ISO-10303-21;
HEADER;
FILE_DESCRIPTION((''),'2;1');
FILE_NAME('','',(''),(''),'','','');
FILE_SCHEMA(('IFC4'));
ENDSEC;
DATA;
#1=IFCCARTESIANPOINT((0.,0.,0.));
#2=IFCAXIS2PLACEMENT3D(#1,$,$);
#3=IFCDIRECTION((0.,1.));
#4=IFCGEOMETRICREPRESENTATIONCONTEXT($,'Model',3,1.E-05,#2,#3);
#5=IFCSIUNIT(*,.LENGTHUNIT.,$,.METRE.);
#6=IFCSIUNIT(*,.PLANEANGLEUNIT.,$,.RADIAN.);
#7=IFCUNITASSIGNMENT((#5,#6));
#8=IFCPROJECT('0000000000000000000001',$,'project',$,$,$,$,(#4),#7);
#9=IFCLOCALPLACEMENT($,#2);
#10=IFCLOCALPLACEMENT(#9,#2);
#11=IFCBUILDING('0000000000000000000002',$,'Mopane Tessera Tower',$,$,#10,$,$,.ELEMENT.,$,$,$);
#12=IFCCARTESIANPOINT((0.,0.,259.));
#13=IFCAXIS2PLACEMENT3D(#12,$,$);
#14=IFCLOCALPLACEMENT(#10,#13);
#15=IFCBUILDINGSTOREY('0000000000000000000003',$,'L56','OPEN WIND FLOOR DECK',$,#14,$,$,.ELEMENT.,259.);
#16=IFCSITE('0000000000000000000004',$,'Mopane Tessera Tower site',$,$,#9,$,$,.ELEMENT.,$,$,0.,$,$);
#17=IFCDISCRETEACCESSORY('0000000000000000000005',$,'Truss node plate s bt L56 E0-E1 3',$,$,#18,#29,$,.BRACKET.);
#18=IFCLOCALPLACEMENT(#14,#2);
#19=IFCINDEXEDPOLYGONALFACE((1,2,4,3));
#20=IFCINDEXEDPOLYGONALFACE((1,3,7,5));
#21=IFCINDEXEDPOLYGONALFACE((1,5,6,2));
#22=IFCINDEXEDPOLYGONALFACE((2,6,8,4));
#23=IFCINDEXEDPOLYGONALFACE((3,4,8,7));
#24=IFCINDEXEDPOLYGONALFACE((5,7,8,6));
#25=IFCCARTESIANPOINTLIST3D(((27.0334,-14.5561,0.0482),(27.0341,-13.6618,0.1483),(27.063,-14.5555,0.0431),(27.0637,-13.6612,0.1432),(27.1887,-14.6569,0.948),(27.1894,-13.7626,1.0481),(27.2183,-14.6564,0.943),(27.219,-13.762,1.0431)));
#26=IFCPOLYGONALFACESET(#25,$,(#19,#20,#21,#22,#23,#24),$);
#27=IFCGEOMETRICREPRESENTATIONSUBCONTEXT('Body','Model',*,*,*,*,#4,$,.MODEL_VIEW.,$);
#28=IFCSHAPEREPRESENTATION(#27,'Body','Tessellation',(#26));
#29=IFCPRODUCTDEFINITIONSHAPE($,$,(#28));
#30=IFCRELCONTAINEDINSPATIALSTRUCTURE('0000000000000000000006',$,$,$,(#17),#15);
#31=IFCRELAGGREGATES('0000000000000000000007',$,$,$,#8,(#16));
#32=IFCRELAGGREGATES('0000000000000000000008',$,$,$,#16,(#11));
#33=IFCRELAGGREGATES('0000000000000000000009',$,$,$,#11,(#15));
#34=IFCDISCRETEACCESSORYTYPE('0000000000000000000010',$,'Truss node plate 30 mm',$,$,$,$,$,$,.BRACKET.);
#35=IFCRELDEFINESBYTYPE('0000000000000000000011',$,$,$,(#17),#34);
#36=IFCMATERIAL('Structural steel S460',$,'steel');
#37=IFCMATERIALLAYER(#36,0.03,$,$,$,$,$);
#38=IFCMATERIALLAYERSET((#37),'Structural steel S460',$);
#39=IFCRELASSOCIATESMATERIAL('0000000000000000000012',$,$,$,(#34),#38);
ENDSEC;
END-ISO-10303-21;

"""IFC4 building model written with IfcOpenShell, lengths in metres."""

from ifc_helpers import new_model, si_unit, direction, frame, origin, origin_2d, place, context, subcontext, project, spatial, rectangle, extrude, material, layer, layer_set, type_object, element, save


model = new_model("IFC4")

# Units and contexts
model_context = context("Model", 3, precision=1e-05, world=origin(), true_north=direction((0.0, 1.0)))
body_context = subcontext(model_context, "Body", "Model", "MODEL_VIEW")
ifc_project = project(units=[si_unit("LENGTHUNIT", "METRE"), si_unit("PLANEANGLEUNIT", "RADIAN")], contexts=[model_context])

# Site, building, storey
site_placement = place(None, origin())
site = spatial("IfcSite", under=ifc_project, at=site_placement, Name="Mopane Tessera Tower site", CompositionType="ELEMENT", RefElevation=0.0)
building_placement = place(site_placement, origin())
building = spatial("IfcBuilding", under=site, at=building_placement, Name="Mopane Tessera Tower", CompositionType="ELEMENT")
storey_placement = place(building_placement, frame((0.0, 0.0, 259.0)))
storey = spatial("IfcBuildingStorey", under=building, at=storey_placement, Name="L56", Description="OPEN WIND FLOOR DECK", CompositionType="ELEMENT", Elevation=259.0)

# Discrete accessory
ifc_material_1 = material(Name="Structural steel S460", Category="steel")
ifc_layer_1 = layer(ifc_material_1, 0.03)
ifc_layer_set_1 = layer_set([ifc_layer_1], Name="Structural steel S460")
discrete_accessory_type = type_object("IfcDiscreteAccessoryType", Name="Truss node plate 30 mm", PredefinedType="BRACKET", material=ifc_layer_set_1)
discrete_accessory_1_placement = place(storey_placement, frame((27.0486, -14.1086, 0.0957), z_axis=(0.169005, -0.109747, 0.979486), x_axis=(-0.985615, -0.018009, 0.168045)))
element("IfcDiscreteAccessory", 1, at=discrete_accessory_1_placement, inside=storey, type_object=discrete_accessory_type, Name="Truss node plate s bt L56 E0-E1 3", PredefinedType="BRACKET", context=body_context, shape_type="SweptSolid", body=[
    extrude(rectangle(XDim=0.03, YDim=0.8999, at=origin_2d()), origin(), (0.0, 0.0, 1.0), 0.9187),
])

save(model, "model.ifc")
